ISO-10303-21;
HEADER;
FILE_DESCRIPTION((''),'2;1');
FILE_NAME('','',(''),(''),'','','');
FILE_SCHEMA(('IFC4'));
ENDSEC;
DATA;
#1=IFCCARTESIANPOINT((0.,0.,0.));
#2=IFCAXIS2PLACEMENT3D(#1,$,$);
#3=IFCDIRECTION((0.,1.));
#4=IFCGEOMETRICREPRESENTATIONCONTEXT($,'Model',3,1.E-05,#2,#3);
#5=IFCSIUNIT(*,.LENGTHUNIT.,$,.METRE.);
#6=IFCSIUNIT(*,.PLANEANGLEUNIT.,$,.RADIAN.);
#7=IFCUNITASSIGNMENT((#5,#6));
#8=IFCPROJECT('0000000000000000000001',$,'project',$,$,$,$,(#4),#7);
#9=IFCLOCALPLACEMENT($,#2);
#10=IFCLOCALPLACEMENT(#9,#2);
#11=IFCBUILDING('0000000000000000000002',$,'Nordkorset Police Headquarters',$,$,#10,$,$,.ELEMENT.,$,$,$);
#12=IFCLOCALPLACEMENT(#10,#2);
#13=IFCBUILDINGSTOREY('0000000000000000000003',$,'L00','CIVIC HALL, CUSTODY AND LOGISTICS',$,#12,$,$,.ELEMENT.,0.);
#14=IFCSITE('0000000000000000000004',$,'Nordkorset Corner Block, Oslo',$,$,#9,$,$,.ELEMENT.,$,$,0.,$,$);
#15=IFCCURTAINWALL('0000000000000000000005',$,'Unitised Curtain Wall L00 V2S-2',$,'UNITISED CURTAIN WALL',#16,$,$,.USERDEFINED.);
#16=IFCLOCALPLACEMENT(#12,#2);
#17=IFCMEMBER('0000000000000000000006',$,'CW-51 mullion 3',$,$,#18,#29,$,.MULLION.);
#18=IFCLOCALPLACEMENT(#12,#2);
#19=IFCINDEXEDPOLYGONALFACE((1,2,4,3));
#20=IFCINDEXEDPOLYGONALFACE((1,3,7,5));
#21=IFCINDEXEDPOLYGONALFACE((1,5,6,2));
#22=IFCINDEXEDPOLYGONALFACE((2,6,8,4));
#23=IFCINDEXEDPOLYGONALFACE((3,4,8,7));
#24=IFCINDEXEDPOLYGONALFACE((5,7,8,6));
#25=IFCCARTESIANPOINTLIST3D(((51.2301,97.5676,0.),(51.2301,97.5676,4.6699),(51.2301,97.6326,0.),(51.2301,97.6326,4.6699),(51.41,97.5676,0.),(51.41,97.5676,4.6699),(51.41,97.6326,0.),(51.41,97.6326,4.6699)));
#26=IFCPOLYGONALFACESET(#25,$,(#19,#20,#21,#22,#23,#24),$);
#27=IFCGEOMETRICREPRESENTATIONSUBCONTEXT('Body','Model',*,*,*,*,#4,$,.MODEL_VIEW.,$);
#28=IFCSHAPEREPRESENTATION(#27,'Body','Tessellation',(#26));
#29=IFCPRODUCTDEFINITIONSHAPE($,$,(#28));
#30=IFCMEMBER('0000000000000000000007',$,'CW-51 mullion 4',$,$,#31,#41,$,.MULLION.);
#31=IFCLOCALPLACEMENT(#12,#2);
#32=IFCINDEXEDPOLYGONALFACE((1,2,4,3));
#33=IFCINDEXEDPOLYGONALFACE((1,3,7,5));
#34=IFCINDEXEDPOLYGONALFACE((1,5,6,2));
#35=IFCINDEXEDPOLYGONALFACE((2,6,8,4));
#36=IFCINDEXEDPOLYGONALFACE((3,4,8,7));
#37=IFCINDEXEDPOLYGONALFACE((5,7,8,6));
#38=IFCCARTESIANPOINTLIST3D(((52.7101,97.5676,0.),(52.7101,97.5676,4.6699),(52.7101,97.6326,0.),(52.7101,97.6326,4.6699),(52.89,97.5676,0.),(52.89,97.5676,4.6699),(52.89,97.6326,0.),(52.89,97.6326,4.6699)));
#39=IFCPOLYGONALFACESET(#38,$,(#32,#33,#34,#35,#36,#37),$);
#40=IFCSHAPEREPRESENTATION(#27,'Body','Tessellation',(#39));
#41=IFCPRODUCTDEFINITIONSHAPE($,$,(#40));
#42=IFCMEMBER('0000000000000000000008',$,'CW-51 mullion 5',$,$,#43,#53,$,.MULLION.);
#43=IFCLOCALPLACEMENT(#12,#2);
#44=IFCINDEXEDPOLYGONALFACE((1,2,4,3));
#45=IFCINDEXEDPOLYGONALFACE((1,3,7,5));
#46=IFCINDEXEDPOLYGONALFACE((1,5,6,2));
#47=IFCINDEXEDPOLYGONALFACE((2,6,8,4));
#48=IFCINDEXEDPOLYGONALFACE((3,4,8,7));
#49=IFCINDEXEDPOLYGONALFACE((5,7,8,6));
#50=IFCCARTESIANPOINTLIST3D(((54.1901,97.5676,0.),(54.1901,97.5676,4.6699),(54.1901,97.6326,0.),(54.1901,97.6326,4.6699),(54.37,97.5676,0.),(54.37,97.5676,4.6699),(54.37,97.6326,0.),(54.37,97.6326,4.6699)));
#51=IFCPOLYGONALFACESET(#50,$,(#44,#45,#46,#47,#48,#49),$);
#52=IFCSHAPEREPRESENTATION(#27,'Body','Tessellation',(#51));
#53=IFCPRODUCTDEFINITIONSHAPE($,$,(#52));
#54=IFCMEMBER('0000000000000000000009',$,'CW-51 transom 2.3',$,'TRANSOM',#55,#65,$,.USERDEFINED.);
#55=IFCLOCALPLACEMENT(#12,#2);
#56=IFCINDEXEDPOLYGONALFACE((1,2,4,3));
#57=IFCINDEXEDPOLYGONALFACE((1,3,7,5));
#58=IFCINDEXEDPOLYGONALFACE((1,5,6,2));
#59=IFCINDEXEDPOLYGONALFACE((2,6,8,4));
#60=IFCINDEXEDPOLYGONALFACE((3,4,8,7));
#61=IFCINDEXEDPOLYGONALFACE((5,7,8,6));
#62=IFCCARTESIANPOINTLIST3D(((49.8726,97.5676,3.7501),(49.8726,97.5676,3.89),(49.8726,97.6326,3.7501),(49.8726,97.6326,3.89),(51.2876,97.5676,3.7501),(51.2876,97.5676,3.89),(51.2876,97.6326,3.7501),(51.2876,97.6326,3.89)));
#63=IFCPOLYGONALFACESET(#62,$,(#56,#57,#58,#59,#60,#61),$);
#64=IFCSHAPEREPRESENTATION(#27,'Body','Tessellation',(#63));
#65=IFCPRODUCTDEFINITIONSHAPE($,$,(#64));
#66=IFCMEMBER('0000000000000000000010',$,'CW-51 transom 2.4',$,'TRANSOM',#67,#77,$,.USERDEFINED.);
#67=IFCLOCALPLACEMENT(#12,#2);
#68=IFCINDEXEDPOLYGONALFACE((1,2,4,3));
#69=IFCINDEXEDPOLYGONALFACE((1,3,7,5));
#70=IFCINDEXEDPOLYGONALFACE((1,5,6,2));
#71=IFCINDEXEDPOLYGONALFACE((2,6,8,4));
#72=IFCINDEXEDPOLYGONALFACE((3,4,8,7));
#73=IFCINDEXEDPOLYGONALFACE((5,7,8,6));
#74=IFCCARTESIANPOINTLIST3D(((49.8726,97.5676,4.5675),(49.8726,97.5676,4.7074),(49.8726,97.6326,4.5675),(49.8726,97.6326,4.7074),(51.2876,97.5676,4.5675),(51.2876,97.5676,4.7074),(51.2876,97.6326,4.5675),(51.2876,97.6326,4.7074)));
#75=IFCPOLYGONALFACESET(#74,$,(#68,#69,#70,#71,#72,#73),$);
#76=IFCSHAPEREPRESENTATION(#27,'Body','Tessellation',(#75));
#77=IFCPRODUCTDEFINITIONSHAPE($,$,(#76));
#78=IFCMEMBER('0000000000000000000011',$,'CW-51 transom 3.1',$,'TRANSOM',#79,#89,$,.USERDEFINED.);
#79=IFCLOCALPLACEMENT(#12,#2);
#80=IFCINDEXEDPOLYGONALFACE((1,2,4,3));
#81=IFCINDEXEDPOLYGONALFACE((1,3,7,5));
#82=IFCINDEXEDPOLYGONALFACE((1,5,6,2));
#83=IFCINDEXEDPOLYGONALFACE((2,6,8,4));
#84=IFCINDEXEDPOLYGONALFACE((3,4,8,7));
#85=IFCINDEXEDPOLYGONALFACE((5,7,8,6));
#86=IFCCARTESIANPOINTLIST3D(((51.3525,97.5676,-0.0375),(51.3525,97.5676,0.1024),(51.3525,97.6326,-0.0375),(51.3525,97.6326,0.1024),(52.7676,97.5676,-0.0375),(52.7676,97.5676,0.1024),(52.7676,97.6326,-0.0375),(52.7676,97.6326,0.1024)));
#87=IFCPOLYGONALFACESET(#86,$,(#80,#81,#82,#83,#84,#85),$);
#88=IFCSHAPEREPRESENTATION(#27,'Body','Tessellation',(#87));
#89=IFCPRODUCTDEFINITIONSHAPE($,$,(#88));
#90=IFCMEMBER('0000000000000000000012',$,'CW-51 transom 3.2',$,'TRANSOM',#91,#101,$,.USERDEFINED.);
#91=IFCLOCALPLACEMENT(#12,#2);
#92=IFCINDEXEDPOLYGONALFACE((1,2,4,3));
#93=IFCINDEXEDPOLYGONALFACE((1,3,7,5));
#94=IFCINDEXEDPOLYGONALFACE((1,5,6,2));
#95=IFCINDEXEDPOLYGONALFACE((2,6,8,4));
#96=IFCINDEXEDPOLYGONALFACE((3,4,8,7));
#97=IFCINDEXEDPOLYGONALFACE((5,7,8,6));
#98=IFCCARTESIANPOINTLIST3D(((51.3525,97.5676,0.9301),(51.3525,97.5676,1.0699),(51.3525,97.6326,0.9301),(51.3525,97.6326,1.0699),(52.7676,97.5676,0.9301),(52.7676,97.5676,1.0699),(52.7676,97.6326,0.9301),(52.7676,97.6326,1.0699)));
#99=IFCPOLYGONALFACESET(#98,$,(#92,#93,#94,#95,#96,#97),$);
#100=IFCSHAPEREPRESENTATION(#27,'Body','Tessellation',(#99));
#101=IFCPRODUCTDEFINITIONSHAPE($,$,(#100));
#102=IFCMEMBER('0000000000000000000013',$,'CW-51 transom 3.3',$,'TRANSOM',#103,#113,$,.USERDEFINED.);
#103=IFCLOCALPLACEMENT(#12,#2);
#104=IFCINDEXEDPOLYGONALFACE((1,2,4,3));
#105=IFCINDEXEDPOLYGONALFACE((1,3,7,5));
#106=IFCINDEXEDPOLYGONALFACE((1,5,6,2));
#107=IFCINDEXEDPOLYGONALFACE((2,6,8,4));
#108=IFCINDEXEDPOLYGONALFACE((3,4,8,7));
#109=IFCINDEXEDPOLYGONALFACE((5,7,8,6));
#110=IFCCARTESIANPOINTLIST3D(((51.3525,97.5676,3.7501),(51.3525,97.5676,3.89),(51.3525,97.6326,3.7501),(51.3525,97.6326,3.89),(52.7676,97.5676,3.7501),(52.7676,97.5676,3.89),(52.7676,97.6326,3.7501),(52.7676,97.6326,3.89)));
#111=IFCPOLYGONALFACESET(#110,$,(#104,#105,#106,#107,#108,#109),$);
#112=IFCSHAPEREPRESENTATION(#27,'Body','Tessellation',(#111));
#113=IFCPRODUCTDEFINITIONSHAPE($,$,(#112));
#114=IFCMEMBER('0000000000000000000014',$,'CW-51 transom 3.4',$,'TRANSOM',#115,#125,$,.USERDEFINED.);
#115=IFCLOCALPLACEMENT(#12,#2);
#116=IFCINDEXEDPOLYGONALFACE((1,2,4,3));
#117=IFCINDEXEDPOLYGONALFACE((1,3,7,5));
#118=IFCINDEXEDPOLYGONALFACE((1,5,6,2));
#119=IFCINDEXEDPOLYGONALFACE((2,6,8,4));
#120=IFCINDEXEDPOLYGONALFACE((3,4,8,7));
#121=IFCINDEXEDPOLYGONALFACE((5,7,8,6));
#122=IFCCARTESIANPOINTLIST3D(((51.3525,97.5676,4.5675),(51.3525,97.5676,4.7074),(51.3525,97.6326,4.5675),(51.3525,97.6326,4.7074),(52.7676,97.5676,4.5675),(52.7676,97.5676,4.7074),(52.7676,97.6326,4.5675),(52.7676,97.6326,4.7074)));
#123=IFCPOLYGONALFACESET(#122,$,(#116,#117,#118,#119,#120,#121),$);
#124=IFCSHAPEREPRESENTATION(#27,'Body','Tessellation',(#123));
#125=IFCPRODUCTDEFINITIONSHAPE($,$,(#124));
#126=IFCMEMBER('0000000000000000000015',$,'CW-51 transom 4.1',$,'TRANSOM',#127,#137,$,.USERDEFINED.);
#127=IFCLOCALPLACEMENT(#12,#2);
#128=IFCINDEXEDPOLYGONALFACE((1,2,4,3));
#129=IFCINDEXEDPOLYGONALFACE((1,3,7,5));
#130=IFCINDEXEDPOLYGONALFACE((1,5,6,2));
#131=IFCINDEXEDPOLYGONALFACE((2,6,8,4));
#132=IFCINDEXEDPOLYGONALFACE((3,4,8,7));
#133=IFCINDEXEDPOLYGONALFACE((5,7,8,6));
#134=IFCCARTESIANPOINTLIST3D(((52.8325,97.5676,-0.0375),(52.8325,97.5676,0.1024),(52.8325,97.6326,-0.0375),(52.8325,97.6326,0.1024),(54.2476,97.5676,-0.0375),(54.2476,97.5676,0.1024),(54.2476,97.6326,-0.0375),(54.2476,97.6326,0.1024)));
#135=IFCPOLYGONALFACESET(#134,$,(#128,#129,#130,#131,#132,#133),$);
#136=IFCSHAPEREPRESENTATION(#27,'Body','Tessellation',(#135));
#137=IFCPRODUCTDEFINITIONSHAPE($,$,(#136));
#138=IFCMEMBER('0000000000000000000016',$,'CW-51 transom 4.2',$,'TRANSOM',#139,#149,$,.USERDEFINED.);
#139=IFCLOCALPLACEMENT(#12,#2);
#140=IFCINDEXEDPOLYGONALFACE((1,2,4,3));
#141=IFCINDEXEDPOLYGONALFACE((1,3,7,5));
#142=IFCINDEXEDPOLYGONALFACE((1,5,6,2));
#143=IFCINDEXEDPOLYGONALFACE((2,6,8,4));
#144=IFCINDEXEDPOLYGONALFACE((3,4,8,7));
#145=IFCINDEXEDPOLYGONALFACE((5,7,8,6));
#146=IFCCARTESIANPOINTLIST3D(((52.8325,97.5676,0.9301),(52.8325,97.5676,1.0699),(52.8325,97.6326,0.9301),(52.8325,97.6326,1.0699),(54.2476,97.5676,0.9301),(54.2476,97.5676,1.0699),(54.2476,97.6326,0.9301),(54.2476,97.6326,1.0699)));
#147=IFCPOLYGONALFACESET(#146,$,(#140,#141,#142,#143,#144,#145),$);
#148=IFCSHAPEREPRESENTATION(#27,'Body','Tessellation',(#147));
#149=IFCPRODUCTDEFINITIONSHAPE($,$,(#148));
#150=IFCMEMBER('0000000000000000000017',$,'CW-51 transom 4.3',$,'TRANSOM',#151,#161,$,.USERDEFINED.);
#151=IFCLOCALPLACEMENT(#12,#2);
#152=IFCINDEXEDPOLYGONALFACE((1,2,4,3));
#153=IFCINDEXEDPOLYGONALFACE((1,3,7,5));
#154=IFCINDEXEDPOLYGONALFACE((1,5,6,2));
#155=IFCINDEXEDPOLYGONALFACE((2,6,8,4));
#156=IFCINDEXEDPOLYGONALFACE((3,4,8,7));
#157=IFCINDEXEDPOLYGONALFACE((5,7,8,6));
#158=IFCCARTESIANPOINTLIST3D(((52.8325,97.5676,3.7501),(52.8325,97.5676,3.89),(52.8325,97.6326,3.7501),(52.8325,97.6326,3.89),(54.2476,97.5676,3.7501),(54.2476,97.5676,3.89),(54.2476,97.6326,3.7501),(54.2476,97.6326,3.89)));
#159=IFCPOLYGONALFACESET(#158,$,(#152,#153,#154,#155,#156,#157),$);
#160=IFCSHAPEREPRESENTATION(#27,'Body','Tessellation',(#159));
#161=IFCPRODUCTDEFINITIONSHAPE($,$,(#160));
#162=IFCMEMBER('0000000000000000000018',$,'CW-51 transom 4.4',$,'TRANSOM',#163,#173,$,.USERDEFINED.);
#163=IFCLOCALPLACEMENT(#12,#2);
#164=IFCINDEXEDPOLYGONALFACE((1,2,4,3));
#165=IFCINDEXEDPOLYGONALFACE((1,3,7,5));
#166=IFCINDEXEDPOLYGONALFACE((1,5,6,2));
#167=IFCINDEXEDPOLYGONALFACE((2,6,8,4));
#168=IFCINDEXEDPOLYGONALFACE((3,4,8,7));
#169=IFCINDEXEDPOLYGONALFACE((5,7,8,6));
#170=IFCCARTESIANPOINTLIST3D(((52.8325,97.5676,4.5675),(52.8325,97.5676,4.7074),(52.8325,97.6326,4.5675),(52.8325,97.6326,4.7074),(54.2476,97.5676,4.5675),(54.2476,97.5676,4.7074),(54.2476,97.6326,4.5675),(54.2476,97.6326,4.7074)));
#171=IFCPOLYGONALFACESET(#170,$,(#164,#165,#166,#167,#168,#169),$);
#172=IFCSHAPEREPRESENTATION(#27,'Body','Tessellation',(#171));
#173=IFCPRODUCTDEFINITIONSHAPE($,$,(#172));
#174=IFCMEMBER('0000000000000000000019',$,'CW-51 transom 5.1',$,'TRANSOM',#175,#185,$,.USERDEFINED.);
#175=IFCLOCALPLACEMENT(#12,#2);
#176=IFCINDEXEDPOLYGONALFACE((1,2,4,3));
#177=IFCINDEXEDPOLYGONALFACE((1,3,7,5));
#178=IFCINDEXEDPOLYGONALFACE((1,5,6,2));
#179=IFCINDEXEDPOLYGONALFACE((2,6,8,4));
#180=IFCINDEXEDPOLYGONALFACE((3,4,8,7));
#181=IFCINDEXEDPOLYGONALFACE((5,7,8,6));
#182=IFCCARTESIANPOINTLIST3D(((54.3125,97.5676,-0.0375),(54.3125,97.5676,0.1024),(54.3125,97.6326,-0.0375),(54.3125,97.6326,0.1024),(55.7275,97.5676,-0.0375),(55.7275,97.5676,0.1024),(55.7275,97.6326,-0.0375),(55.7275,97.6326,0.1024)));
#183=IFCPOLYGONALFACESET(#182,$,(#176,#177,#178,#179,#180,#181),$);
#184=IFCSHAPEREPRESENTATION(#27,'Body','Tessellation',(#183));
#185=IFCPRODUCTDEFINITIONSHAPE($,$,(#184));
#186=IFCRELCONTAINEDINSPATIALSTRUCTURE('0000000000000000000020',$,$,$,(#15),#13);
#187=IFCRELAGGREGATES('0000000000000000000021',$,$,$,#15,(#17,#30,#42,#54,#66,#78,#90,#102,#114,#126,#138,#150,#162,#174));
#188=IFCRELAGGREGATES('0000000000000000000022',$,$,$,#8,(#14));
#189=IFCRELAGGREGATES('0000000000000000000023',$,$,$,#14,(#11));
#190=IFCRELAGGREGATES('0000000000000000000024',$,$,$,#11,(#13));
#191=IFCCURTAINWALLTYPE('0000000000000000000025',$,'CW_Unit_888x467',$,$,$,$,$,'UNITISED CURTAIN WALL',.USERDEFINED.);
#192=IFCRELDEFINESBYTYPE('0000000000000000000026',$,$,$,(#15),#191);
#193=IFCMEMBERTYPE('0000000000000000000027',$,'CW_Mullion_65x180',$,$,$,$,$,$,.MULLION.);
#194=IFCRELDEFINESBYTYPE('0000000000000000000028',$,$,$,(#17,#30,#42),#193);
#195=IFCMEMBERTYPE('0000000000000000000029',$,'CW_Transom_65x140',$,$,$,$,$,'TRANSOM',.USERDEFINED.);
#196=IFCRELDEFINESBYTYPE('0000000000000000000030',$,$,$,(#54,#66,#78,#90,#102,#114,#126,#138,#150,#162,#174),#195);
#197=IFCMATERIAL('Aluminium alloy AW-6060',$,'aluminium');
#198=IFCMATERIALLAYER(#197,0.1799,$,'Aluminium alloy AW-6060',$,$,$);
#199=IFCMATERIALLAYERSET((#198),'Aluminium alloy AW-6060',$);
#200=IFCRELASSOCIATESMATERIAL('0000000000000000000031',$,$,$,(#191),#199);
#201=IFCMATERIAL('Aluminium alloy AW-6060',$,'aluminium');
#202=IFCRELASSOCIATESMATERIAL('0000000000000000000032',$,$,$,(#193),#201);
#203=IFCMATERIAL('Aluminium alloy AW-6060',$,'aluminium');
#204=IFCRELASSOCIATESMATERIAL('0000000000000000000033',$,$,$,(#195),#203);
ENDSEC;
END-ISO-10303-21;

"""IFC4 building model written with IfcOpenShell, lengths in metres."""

from ifc_helpers import new_model, si_unit, direction, frame, origin, origin_2d, place, context, subcontext, project, spatial, rectangle, extrude, material, layer, layer_set, material_profile, profile_set, type_object, element, aggregate, save


model = new_model("IFC4")

# Units and contexts
model_context = context("Model", 3, precision=1e-05, world=origin(), true_north=direction((0.0, 1.0)))
body_context = subcontext(model_context, "Body", "Model", "MODEL_VIEW")
ifc_project = project(units=[si_unit("LENGTHUNIT", "METRE"), si_unit("PLANEANGLEUNIT", "RADIAN")], contexts=[model_context])

# Site, building, storey
site_placement = place(None, origin())
site = spatial("IfcSite", under=ifc_project, at=site_placement, Name="Nordkorset Corner Block, Oslo", CompositionType="ELEMENT", RefElevation=0.0)
building_placement = place(site_placement, origin())
building = spatial("IfcBuilding", under=site, at=building_placement, Name="Nordkorset Police Headquarters", CompositionType="ELEMENT")
storey_placement = place(building_placement, origin())
storey = spatial("IfcBuildingStorey", under=building, at=storey_placement, Name="L00", Description="CIVIC HALL, CUSTODY AND LOGISTICS", CompositionType="ELEMENT", Elevation=0.0)

# Curtain wall, members
ifc_material_1 = material(Name="Aluminium alloy AW-6060", Category="aluminium")
ifc_layer_1 = layer(ifc_material_1, 0.1799, Name="Aluminium alloy AW-6060")
ifc_layer_set_1 = layer_set([ifc_layer_1], Name="Aluminium alloy AW-6060")
curtain_wall_type = type_object("IfcCurtainWallType", Name="CW_Unit_888x467", ElementType="UNITISED CURTAIN WALL", PredefinedType="USERDEFINED", material=ifc_layer_set_1)
curtain_wall_placement = place(storey_placement, origin())
curtain_wall = element("IfcCurtainWall", 1, at=curtain_wall_placement, inside=storey, type_object=curtain_wall_type, Name="Unitised Curtain Wall L00 V2S-2", ObjectType="UNITISED CURTAIN WALL", PredefinedType="USERDEFINED")
ifc_material_2 = material(Name="Aluminium alloy AW-6060", Category="aluminium")
ifc_material_profile_1 = material_profile(ifc_material_2, rectangle(XDim=0.0649, YDim=0.1799, at=origin_2d()), Name="ALU MULL 65x180")
ifc_profile_set_1 = profile_set([ifc_material_profile_1], Name="Aluminium alloy AW-6060")
member_type_1 = type_object("IfcMemberType", Name="CW_Mullion_65x180", PredefinedType="MULLION", material=ifc_profile_set_1)
member_1_placement = place(storey_placement, frame((51.3201, 97.6001, 0.0), z_axis=(0.0, 0.0, 1.0), x_axis=(0.0, 1.0, 0.0)))
member_1 = element("IfcMember", 2, at=member_1_placement, type_object=member_type_1, Name="CW-51 mullion 3", PredefinedType="MULLION", context=body_context, shape_type="SweptSolid", body=[
    extrude(rectangle(XDim=0.0649, YDim=0.1799, at=origin_2d()), origin(), (0.0, 0.0, 1.0), 4.6699),
])
member_2_placement = place(storey_placement, frame((52.8, 97.6001, 0.0), z_axis=(0.0, 0.0, 1.0), x_axis=(0.0, 1.0, 0.0)))
member_2 = element("IfcMember", 3, at=member_2_placement, type_object=member_type_1, Name="CW-51 mullion 4", PredefinedType="MULLION", context=body_context, shape_type="SweptSolid", body=[
    extrude(rectangle(XDim=0.0649, YDim=0.1799, at=origin_2d()), origin(), (0.0, 0.0, 1.0), 4.6699),
])
member_3_placement = place(storey_placement, frame((54.28, 97.6001, 0.0), z_axis=(0.0, 0.0, 1.0), x_axis=(0.0, 1.0, 0.0)))
member_3 = element("IfcMember", 4, at=member_3_placement, type_object=member_type_1, Name="CW-51 mullion 5", PredefinedType="MULLION", context=body_context, shape_type="SweptSolid", body=[
    extrude(rectangle(XDim=0.0649, YDim=0.1799, at=origin_2d()), origin(), (0.0, 0.0, 1.0), 4.6699),
])
ifc_material_3 = material(Name="Aluminium alloy AW-6060", Category="aluminium")
ifc_material_profile_2 = material_profile(ifc_material_3, rectangle(XDim=0.0649, YDim=0.1399, at=origin_2d()), Name="ALU TRAN 65x140")
ifc_profile_set_2 = profile_set([ifc_material_profile_2], Name="Aluminium alloy AW-6060")
member_type_2 = type_object("IfcMemberType", Name="CW_Transom_65x140", ElementType="TRANSOM", PredefinedType="USERDEFINED", material=ifc_profile_set_2)
member_4_placement = place(storey_placement, frame((49.8726, 97.6001, 3.8201), z_axis=(1.0, 0.0, 0.0), x_axis=(0.0, 1.0, 0.0)))
member_4 = element("IfcMember", 5, at=member_4_placement, type_object=member_type_2, Name="CW-51 transom 2.3", ObjectType="TRANSOM", PredefinedType="USERDEFINED", context=body_context, shape_type="SweptSolid", body=[
    extrude(rectangle(XDim=0.0649, YDim=0.1399, at=origin_2d()), origin(), (0.0, 0.0, 1.0), 1.415),
])
member_5_placement = place(storey_placement, frame((49.8726, 97.6001, 4.6375), z_axis=(1.0, 0.0, 0.0), x_axis=(0.0, 1.0, 0.0)))
member_5 = element("IfcMember", 6, at=member_5_placement, type_object=member_type_2, Name="CW-51 transom 2.4", ObjectType="TRANSOM", PredefinedType="USERDEFINED", context=body_context, shape_type="SweptSolid", body=[
    extrude(rectangle(XDim=0.0649, YDim=0.1399, at=origin_2d()), origin(), (0.0, 0.0, 1.0), 1.415),
])
member_6_placement = place(storey_placement, frame((51.3525, 97.6001, 0.0325), z_axis=(1.0, 0.0, 0.0), x_axis=(0.0, 1.0, 0.0)))
member_6 = element("IfcMember", 7, at=member_6_placement, type_object=member_type_2, Name="CW-51 transom 3.1", ObjectType="TRANSOM", PredefinedType="USERDEFINED", context=body_context, shape_type="SweptSolid", body=[
    extrude(rectangle(XDim=0.0649, YDim=0.1399, at=origin_2d()), origin(), (0.0, 0.0, 1.0), 1.415),
])
member_7_placement = place(storey_placement, frame((51.3525, 97.6001, 1.0), z_axis=(1.0, 0.0, 0.0), x_axis=(0.0, 1.0, 0.0)))
member_7 = element("IfcMember", 8, at=member_7_placement, type_object=member_type_2, Name="CW-51 transom 3.2", ObjectType="TRANSOM", PredefinedType="USERDEFINED", context=body_context, shape_type="SweptSolid", body=[
    extrude(rectangle(XDim=0.0649, YDim=0.1399, at=origin_2d()), origin(), (0.0, 0.0, 1.0), 1.415),
])
member_8_placement = place(storey_placement, frame((51.3525, 97.6001, 3.8201), z_axis=(1.0, 0.0, 0.0), x_axis=(0.0, 1.0, 0.0)))
member_8 = element("IfcMember", 9, at=member_8_placement, type_object=member_type_2, Name="CW-51 transom 3.3", ObjectType="TRANSOM", PredefinedType="USERDEFINED", context=body_context, shape_type="SweptSolid", body=[
    extrude(rectangle(XDim=0.0649, YDim=0.1399, at=origin_2d()), origin(), (0.0, 0.0, 1.0), 1.415),
])
member_9_placement = place(storey_placement, frame((51.3525, 97.6001, 4.6375), z_axis=(1.0, 0.0, 0.0), x_axis=(0.0, 1.0, 0.0)))
member_9 = element("IfcMember", 10, at=member_9_placement, type_object=member_type_2, Name="CW-51 transom 3.4", ObjectType="TRANSOM", PredefinedType="USERDEFINED", context=body_context, shape_type="SweptSolid", body=[
    extrude(rectangle(XDim=0.0649, YDim=0.1399, at=origin_2d()), origin(), (0.0, 0.0, 1.0), 1.415),
])
member_10_placement = place(storey_placement, frame((52.8325, 97.6001, 0.0325), z_axis=(1.0, 0.0, 0.0), x_axis=(0.0, 1.0, 0.0)))
member_10 = element("IfcMember", 11, at=member_10_placement, type_object=member_type_2, Name="CW-51 transom 4.1", ObjectType="TRANSOM", PredefinedType="USERDEFINED", context=body_context, shape_type="SweptSolid", body=[
    extrude(rectangle(XDim=0.0649, YDim=0.1399, at=origin_2d()), origin(), (0.0, 0.0, 1.0), 1.415),
])
member_11_placement = place(storey_placement, frame((52.8325, 97.6001, 1.0), z_axis=(1.0, 0.0, 0.0), x_axis=(0.0, 1.0, 0.0)))
member_11 = element("IfcMember", 12, at=member_11_placement, type_object=member_type_2, Name="CW-51 transom 4.2", ObjectType="TRANSOM", PredefinedType="USERDEFINED", context=body_context, shape_type="SweptSolid", body=[
    extrude(rectangle(XDim=0.0649, YDim=0.1399, at=origin_2d()), origin(), (0.0, 0.0, 1.0), 1.415),
])
member_12_placement = place(storey_placement, frame((52.8325, 97.6001, 3.8201), z_axis=(1.0, 0.0, 0.0), x_axis=(0.0, 1.0, 0.0)))
member_12 = element("IfcMember", 13, at=member_12_placement, type_object=member_type_2, Name="CW-51 transom 4.3", ObjectType="TRANSOM", PredefinedType="USERDEFINED", context=body_context, shape_type="SweptSolid", body=[
    extrude(rectangle(XDim=0.0649, YDim=0.1399, at=origin_2d()), origin(), (0.0, 0.0, 1.0), 1.415),
])
member_13_placement = place(storey_placement, frame((52.8325, 97.6001, 4.6375), z_axis=(1.0, 0.0, 0.0), x_axis=(0.0, 1.0, 0.0)))
member_13 = element("IfcMember", 14, at=member_13_placement, type_object=member_type_2, Name="CW-51 transom 4.4", ObjectType="TRANSOM", PredefinedType="USERDEFINED", context=body_context, shape_type="SweptSolid", body=[
    extrude(rectangle(XDim=0.0649, YDim=0.1399, at=origin_2d()), origin(), (0.0, 0.0, 1.0), 1.415),
])
member_14_placement = place(storey_placement, frame((54.3125, 97.6001, 0.0325), z_axis=(1.0, 0.0, 0.0), x_axis=(0.0, 1.0, 0.0)))
member_14 = element("IfcMember", 15, at=member_14_placement, type_object=member_type_2, Name="CW-51 transom 5.1", ObjectType="TRANSOM", PredefinedType="USERDEFINED", context=body_context, shape_type="SweptSolid", body=[
    extrude(rectangle(XDim=0.0649, YDim=0.1399, at=origin_2d()), origin(), (0.0, 0.0, 1.0), 1.415),
])
aggregate(curtain_wall, [member_1, member_2, member_3, member_4, member_5, member_6, member_7, member_8, member_9, member_10, member_11, member_12, member_13, member_14])

save(model, "model.ifc")
